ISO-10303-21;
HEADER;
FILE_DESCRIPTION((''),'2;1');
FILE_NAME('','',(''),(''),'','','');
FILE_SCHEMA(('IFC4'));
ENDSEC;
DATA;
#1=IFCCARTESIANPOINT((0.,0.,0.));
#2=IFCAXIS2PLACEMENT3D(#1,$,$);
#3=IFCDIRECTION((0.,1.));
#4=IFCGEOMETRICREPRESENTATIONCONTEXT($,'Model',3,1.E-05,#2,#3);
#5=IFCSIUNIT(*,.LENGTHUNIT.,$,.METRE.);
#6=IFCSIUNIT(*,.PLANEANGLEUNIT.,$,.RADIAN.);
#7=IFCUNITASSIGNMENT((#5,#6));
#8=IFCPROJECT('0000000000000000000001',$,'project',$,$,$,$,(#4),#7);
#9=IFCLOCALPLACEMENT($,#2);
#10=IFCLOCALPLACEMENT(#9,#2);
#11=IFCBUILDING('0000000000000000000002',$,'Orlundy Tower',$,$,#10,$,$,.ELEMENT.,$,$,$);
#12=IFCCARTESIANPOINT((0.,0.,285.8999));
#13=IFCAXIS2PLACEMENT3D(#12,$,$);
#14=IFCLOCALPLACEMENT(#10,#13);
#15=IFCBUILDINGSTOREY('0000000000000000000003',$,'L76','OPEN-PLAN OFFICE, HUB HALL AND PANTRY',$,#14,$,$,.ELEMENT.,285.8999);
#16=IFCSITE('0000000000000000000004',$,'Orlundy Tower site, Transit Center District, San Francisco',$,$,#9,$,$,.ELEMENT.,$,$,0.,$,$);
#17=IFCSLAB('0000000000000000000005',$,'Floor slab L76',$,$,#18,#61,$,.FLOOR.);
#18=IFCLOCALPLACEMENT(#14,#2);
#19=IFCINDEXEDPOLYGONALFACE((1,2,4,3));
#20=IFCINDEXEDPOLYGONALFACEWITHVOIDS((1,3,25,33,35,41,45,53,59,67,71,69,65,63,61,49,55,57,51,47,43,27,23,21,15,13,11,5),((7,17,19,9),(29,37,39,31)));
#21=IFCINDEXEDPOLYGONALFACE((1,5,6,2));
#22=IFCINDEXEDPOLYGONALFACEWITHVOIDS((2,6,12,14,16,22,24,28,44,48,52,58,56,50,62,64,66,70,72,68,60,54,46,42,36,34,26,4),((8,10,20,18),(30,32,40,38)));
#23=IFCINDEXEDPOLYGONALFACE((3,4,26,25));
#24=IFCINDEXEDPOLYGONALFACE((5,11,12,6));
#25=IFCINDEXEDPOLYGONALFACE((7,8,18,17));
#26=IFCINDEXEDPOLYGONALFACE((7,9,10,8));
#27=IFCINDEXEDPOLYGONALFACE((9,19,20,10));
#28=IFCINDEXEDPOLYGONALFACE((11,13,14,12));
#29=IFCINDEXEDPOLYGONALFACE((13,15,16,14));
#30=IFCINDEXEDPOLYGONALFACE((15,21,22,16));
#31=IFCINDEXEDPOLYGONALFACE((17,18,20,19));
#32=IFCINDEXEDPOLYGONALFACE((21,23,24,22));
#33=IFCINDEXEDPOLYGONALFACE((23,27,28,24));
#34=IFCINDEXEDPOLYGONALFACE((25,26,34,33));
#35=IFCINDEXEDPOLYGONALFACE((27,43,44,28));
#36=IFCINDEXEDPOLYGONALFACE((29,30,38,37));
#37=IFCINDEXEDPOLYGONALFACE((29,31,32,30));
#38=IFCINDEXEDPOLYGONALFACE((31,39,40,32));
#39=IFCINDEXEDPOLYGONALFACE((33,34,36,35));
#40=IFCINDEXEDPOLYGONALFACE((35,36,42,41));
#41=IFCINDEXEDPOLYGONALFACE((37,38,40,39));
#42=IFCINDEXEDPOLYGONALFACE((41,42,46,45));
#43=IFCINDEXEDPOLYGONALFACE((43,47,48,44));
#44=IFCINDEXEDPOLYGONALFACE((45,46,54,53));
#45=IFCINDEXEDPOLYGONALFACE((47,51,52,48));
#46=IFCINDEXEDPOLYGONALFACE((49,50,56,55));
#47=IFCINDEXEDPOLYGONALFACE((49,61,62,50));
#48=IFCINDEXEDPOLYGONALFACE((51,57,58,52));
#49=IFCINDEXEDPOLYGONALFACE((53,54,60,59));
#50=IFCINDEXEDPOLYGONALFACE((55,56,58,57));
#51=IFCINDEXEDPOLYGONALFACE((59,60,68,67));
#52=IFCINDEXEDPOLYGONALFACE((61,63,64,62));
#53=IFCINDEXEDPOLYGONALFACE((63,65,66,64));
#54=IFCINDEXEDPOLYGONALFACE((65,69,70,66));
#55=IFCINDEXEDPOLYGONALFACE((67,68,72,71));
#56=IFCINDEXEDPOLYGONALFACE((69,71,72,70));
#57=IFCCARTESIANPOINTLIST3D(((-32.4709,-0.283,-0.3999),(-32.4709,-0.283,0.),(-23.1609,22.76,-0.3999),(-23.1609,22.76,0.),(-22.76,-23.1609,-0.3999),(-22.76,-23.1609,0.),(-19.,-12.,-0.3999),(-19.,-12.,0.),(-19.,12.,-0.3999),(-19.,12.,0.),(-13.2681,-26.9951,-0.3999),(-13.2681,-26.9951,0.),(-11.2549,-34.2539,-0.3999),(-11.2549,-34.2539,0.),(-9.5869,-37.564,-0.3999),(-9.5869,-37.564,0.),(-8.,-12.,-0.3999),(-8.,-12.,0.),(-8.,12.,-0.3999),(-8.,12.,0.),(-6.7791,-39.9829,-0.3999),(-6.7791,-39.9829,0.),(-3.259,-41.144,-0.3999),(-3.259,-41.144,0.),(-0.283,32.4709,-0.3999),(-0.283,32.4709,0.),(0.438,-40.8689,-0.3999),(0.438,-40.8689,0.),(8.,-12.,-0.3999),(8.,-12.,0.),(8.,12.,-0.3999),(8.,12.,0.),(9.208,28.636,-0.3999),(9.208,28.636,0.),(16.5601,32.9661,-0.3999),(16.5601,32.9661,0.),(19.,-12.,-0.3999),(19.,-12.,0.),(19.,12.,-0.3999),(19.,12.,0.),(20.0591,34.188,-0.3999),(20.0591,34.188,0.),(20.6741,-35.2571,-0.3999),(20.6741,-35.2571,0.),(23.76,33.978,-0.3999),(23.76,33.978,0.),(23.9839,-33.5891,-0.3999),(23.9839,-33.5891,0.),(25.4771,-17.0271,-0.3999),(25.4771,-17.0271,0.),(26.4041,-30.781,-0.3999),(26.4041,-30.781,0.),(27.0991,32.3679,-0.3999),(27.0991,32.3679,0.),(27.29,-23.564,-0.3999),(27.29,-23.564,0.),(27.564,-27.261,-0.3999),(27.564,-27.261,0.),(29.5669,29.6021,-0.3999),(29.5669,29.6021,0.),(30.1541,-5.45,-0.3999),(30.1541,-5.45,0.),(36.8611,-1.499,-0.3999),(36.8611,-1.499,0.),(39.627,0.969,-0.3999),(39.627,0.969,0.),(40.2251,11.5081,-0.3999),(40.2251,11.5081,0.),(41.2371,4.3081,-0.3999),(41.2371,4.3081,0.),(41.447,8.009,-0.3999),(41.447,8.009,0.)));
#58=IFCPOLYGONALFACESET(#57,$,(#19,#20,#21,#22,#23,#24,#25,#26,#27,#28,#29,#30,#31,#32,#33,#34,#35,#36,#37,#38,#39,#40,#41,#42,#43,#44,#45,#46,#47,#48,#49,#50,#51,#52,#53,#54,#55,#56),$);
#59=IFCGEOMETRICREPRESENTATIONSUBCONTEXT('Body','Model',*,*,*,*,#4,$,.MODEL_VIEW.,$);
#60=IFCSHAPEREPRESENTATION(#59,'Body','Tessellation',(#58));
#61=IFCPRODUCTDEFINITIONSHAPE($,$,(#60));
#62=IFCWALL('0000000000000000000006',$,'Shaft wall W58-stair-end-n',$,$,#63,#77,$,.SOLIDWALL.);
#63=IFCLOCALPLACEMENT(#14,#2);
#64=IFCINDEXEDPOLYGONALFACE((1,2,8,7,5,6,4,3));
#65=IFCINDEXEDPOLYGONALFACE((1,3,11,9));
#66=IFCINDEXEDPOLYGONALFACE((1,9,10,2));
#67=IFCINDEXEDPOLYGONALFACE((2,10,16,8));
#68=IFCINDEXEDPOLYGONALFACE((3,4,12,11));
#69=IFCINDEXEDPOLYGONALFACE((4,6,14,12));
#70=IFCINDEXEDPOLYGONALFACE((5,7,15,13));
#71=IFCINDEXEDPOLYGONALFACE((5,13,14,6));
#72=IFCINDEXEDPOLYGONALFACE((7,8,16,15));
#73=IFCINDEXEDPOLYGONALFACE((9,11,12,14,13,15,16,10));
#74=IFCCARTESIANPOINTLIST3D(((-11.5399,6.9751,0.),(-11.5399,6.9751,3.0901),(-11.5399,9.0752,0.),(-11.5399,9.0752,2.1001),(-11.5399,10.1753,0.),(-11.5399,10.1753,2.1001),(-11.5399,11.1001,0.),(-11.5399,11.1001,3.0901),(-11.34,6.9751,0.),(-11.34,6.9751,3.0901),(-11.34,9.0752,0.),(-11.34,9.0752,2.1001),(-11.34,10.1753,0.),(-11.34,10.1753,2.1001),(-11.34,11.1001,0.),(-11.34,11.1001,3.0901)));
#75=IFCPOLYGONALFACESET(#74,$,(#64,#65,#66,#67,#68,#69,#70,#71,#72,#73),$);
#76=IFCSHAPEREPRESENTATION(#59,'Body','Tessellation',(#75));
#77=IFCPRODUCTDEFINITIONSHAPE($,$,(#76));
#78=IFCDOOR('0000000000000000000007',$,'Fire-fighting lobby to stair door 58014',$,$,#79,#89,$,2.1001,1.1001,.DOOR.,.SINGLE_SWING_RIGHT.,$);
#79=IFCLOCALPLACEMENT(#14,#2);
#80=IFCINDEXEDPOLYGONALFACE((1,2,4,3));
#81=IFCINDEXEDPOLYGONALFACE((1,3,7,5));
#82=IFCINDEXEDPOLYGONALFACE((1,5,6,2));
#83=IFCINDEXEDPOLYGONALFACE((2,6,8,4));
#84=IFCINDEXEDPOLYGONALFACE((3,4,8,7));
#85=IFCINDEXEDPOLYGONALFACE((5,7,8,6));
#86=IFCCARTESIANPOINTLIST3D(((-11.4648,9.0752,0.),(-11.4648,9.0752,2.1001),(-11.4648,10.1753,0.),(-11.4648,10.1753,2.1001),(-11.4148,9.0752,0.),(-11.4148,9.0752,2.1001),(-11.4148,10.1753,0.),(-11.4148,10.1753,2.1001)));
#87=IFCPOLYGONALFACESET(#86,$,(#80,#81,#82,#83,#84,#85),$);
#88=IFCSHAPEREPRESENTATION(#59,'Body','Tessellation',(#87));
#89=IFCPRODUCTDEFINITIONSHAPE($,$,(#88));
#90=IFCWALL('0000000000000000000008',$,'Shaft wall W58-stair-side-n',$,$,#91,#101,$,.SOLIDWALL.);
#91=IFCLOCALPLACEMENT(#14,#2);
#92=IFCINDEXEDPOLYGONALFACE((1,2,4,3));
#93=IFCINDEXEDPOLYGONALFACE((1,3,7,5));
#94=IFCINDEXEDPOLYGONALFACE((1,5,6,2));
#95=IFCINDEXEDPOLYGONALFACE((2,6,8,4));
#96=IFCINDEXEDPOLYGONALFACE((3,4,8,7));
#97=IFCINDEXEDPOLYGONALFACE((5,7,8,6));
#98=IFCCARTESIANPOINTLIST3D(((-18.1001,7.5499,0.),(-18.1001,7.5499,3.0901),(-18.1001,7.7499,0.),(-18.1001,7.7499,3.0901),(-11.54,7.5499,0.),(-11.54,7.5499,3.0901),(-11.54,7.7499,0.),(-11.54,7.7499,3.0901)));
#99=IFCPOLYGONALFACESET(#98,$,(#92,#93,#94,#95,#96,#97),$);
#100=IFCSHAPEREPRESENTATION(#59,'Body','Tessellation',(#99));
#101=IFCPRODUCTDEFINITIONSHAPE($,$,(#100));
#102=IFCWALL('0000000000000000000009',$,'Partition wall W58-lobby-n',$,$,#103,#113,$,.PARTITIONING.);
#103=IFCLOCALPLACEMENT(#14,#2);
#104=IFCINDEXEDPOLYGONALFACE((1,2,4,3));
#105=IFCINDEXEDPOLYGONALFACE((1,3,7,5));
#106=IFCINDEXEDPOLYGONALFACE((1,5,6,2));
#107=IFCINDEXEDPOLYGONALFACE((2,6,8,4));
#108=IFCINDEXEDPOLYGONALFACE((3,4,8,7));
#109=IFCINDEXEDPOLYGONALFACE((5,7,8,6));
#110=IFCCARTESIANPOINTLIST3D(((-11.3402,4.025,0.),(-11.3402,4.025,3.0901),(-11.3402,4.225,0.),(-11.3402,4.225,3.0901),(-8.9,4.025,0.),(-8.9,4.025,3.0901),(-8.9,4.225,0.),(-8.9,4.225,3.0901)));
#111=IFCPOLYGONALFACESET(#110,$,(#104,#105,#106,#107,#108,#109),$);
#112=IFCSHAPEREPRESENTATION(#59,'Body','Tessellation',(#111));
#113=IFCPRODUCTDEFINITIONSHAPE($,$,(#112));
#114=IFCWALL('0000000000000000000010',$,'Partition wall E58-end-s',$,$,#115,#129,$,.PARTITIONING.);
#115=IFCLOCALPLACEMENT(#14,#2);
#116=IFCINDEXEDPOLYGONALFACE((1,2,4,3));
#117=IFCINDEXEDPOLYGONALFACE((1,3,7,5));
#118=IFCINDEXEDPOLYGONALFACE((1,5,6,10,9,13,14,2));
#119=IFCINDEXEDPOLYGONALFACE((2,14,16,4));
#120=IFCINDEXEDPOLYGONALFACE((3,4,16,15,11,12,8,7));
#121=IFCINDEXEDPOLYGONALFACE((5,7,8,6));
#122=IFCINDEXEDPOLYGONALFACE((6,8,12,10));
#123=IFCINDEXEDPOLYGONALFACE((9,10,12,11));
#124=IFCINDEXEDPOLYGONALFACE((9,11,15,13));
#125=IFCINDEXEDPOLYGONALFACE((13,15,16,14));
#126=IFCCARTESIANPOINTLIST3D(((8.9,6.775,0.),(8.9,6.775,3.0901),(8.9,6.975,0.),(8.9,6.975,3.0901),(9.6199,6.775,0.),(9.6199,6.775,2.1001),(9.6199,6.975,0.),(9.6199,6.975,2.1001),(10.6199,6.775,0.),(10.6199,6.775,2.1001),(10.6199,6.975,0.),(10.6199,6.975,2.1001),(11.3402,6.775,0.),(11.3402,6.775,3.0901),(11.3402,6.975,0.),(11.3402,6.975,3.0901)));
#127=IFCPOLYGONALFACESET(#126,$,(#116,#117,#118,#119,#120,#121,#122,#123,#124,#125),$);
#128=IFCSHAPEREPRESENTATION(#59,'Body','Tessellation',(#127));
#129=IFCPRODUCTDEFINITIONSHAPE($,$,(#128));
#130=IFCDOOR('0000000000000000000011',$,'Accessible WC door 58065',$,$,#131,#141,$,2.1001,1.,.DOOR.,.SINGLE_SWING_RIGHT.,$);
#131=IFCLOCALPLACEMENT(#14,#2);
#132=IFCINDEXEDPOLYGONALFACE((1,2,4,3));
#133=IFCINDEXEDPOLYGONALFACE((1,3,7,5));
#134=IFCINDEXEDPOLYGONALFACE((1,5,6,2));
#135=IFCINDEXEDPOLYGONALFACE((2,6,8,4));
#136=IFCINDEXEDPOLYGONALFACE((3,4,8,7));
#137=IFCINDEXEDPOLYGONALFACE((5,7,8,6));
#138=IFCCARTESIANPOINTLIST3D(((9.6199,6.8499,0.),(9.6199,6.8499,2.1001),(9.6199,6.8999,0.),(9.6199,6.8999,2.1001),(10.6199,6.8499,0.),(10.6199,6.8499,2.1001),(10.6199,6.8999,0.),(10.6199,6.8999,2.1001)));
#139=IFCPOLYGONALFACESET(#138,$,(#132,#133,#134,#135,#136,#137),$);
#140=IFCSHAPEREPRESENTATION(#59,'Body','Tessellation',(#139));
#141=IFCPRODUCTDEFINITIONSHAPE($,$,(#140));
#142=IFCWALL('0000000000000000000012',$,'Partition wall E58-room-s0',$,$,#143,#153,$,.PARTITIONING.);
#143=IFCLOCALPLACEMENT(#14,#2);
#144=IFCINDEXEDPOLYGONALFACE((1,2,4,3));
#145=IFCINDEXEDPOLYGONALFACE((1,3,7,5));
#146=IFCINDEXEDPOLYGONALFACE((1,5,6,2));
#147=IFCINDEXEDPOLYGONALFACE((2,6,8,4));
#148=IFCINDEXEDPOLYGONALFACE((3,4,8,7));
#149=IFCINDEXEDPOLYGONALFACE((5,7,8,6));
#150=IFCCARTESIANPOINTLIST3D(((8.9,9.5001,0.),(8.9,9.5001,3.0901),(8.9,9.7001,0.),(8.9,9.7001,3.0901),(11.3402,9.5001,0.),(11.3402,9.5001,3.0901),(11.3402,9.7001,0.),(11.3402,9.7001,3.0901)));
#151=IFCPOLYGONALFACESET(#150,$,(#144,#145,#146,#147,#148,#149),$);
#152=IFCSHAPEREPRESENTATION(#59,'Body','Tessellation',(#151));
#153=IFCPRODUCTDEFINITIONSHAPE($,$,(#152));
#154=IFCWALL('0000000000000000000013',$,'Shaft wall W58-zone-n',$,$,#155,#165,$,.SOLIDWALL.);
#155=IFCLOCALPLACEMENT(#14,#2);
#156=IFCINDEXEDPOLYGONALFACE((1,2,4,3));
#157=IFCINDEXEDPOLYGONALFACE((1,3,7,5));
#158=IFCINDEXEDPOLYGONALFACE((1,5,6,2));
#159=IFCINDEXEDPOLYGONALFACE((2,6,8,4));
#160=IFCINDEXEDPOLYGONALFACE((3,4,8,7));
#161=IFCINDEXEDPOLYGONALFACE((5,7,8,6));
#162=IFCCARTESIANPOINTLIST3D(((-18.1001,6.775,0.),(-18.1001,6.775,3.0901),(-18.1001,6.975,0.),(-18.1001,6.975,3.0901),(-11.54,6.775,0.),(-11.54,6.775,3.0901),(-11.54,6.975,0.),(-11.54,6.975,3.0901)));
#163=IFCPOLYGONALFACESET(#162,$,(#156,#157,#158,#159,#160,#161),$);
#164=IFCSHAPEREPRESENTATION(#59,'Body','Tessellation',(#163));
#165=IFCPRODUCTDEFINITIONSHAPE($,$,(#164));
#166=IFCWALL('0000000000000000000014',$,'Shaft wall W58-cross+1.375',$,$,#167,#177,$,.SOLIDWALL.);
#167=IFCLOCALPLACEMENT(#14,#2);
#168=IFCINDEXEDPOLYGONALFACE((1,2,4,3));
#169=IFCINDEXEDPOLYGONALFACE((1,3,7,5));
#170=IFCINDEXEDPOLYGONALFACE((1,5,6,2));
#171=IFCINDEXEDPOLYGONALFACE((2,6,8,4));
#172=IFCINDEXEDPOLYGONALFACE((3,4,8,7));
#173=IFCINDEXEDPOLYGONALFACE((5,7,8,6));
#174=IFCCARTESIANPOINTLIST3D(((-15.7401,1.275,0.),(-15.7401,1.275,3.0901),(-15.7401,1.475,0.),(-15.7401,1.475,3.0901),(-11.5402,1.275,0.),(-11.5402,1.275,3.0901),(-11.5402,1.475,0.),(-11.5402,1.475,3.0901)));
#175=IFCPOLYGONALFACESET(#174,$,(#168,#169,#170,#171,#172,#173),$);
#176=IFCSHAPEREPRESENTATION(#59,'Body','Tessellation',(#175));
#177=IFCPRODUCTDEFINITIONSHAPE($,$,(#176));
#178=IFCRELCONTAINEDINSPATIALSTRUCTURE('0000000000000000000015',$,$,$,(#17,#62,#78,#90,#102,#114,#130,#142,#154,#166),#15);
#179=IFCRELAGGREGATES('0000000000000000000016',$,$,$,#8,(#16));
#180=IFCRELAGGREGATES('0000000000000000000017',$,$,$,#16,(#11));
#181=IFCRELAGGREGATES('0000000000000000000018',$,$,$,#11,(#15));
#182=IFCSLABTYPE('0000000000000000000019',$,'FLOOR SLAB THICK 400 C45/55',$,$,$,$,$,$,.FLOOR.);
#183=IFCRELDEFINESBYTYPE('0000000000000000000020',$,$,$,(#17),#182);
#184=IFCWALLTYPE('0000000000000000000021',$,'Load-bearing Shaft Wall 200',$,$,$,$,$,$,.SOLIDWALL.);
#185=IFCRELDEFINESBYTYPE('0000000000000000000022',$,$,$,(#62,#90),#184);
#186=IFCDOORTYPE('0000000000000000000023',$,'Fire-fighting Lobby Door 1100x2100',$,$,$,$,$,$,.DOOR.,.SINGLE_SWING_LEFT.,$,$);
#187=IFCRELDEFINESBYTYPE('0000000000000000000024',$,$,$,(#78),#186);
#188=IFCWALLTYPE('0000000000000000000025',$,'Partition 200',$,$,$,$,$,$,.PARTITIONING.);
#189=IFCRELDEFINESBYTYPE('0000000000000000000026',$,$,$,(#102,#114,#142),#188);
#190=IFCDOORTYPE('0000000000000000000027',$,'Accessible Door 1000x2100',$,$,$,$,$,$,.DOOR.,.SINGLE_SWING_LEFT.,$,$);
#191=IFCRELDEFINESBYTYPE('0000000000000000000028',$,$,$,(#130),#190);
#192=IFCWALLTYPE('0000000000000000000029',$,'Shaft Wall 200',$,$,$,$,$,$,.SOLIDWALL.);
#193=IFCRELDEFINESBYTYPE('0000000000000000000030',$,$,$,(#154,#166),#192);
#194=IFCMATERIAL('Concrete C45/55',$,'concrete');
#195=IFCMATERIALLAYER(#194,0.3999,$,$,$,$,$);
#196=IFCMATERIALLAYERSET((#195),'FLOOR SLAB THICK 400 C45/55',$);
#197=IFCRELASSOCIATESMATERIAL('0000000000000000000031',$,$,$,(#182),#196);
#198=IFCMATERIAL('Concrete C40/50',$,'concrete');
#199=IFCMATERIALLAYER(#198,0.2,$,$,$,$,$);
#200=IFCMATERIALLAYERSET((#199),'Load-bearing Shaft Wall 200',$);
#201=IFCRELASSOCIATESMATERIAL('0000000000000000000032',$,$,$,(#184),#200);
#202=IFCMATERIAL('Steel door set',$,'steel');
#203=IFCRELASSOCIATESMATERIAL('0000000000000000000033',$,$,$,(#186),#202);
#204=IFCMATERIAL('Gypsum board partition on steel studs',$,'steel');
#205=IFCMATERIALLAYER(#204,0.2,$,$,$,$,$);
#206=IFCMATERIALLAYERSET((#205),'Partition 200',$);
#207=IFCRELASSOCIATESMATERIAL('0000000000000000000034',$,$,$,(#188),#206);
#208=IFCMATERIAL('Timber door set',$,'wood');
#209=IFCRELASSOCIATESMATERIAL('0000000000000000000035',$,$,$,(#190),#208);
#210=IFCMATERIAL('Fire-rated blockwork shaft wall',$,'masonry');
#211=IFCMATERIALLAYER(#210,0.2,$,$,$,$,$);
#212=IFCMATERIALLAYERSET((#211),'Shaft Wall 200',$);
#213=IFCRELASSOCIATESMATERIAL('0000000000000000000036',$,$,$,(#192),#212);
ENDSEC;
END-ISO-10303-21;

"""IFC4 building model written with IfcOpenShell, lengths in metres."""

from ifc_helpers import new_model, si_unit, direction, frame, frame_2d, origin, place, context, subcontext, project, spatial, polyline, rectangle, outline, extrude, material, layer, layer_set, type_object, element, fill, save


model = new_model("IFC4")

# Units and contexts
model_context = context("Model", 3, precision=1e-05, world=origin(), true_north=direction((0.0, 1.0)))
body_context = subcontext(model_context, "Body", "Model", "MODEL_VIEW")
ifc_project = project(units=[si_unit("LENGTHUNIT", "METRE"), si_unit("PLANEANGLEUNIT", "RADIAN")], contexts=[model_context])

# Site, building, storey
site_placement = place(None, origin())
site = spatial("IfcSite", under=ifc_project, at=site_placement, Name="Orlundy Tower site, Transit Center District, San Francisco", CompositionType="ELEMENT", RefElevation=0.0)
building_placement = place(site_placement, origin())
building = spatial("IfcBuilding", under=site, at=building_placement, Name="Orlundy Tower", CompositionType="ELEMENT")
storey_placement = place(building_placement, frame((0.0, 0.0, 285.8999)))
storey = spatial("IfcBuildingStorey", under=building, at=storey_placement, Name="L76", Description="OPEN-PLAN OFFICE, HUB HALL AND PANTRY", CompositionType="ELEMENT", Elevation=285.8999)

# Slab
ifc_material_1 = material(Name="Concrete C45/55", Category="concrete")
ifc_layer_1 = layer(ifc_material_1, 0.3999)
ifc_layer_set_1 = layer_set([ifc_layer_1], Name="FLOOR SLAB THICK 400 C45/55")
slab_type_1 = type_object("IfcSlabType", Name="FLOOR SLAB THICK 400 C45/55", PredefinedType="FLOOR", material=ifc_layer_set_1)
slab_1_placement = place(storey_placement, frame((0.0, 0.0, -0.3999)))
element("IfcSlab", 1, at=slab_1_placement, inside=storey, type_object=slab_type_1, Name="Floor slab L76", PredefinedType="FLOOR", context=body_context, shape_type="SweptSolid", body=[
    extrude(outline(polyline([(30.1541, -5.45), (25.4771, -17.0271), (27.29, -23.564), (27.564, -27.261), (26.4041, -30.781), (23.9839, -33.5891), (20.6741, -35.2571), (0.438, -40.8689), (-3.259, -41.144), (-6.7791, -39.9829), (-9.5869, -37.564), (-11.2549, -34.2539), (-13.2681, -26.9951), (-22.76, -23.1609), (-32.4709, -0.283), (-23.1609, 22.76), (-0.283, 32.4709), (9.208, 28.636), (16.5601, 32.9661), (20.0591, 34.188), (23.76, 33.978), (27.0991, 32.3679), (29.5669, 29.6021), (40.2251, 11.5081), (41.447, 8.009), (41.2371, 4.3081), (39.627, 0.969), (36.8611, -1.499), (30.1541, -5.45)]), holes=[polyline([(-8.0, -12.0), (-8.0, 12.0), (-19.0, 12.0), (-19.0, -12.0), (-8.0, -12.0)]), polyline([(19.0, -12.0), (19.0, 12.0), (8.0, 12.0), (8.0, -12.0), (19.0, -12.0)])]), origin(), (0.0, 0.0, 1.0), 0.3999),
])

# Wall, opening, door
ifc_material_2 = material(Name="Concrete C40/50", Category="concrete")
ifc_layer_2 = layer(ifc_material_2, 0.2)
ifc_layer_set_2 = layer_set([ifc_layer_2], Name="Load-bearing Shaft Wall 200")
wall_type_1 = type_object("IfcWallType", Name="Load-bearing Shaft Wall 200", PredefinedType="SOLIDWALL", material=ifc_layer_set_2)
wall_1_placement = place(storey_placement, frame((-11.4399, 6.9751, 0.0), z_axis=(0.0, 0.0, 1.0), x_axis=(0.0, 1.0, 0.0)))
wall_1 = element("IfcWall", 2, at=wall_1_placement, inside=storey, type_object=wall_type_1, Name="Shaft wall W58-stair-end-n", PredefinedType="SOLIDWALL", context=body_context, shape_type="SweptSolid", body=[
    extrude(rectangle(XDim=4.125, YDim=0.2, at=frame_2d((2.0625, 0.0))), origin(), (0.0, 0.0, 1.0), 3.0901),
])
opening_1_placement = place(wall_1_placement, frame((2.1001, 0.0, 0.0)))
opening_1 = element("IfcOpeningElement", 3, at=opening_1_placement, cuts=wall_1, PredefinedType="OPENING", context=body_context, shape_type="SweptSolid", body=[
    extrude(rectangle(XDim=1.1001, YDim=2.1001, at=frame_2d((0.55, 1.05))), frame((0.0, 0.1101, 0.0), z_axis=(0.0, -1.0, 0.0), x_axis=(1.0, 0.0, 0.0)), (0.0, 0.0, 1.0), 0.2202),
])
ifc_material_3 = material(Name="Steel door set", Category="steel")
door_type_1 = type_object("IfcDoorType", Name="Fire-fighting Lobby Door 1100x2100", OperationType="SINGLE_SWING_LEFT", PredefinedType="DOOR", material=ifc_material_3)
door_1_placement = place(opening_1_placement, origin())
door_1 = element("IfcDoor", 4, at=door_1_placement, inside=storey, type_object=door_type_1, Name="Fire-fighting lobby to stair door 58014", OperationType="SINGLE_SWING_RIGHT", OverallHeight=2.1001, OverallWidth=1.1001, PredefinedType="DOOR", context=body_context, shape_type="SweptSolid", body=[
    extrude(rectangle(XDim=1.1001, YDim=2.1001, at=frame_2d((0.55, 1.05))), frame((0.0, 0.0249, 0.0), z_axis=(0.0, -1.0, 0.0), x_axis=(1.0, 0.0, 0.0)), (0.0, 0.0, 1.0), 0.05),
])
fill(opening_1, door_1)

# Walls
wall_2_placement = place(storey_placement, frame((-11.54, 7.6499, 0.0), z_axis=(0.0, 0.0, 1.0), x_axis=(-1.0, 0.0, 0.0)))
element("IfcWall", 5, at=wall_2_placement, inside=storey, type_object=wall_type_1, Name="Shaft wall W58-stair-side-n", PredefinedType="SOLIDWALL", context=body_context, shape_type="SweptSolid", body=[
    extrude(rectangle(XDim=6.5601, YDim=0.2, at=frame_2d((3.28, 0.0))), origin(), (0.0, 0.0, 1.0), 3.0901),
])
ifc_material_4 = material(Name="Gypsum board partition on steel studs", Category="steel")
ifc_layer_3 = layer(ifc_material_4, 0.2)
ifc_layer_set_3 = layer_set([ifc_layer_3], Name="Partition 200")
wall_type_2 = type_object("IfcWallType", Name="Partition 200", PredefinedType="PARTITIONING", material=ifc_layer_set_3)
wall_3_placement = place(storey_placement, frame((-8.8999, 4.125, 0.0), z_axis=(0.0, 0.0, 1.0), x_axis=(-1.0, 0.0, 0.0)))
element("IfcWall", 6, at=wall_3_placement, inside=storey, type_object=wall_type_2, Name="Partition wall W58-lobby-n", PredefinedType="PARTITIONING", context=body_context, shape_type="SweptSolid", body=[
    extrude(rectangle(XDim=2.4402, YDim=0.2, at=frame_2d((1.2202, 0.0))), origin(), (0.0, 0.0, 1.0), 3.0901),
])

# Wall, opening, door
wall_4_placement = place(storey_placement, frame((8.8999, 6.875, 0.0), z_axis=(0.0, 0.0, 1.0), x_axis=(1.0, 0.0, 0.0)))
wall_4 = element("IfcWall", 7, at=wall_4_placement, inside=storey, type_object=wall_type_2, Name="Partition wall E58-end-s", PredefinedType="PARTITIONING", context=body_context, shape_type="SweptSolid", body=[
    extrude(rectangle(XDim=2.4402, YDim=0.2, at=frame_2d((1.2202, 0.0))), origin(), (0.0, 0.0, 1.0), 3.0901),
])
opening_2_placement = place(wall_4_placement, frame((0.72, 0.0, 0.0)))
opening_2 = element("IfcOpeningElement", 8, at=opening_2_placement, cuts=wall_4, PredefinedType="OPENING", context=body_context, shape_type="SweptSolid", body=[
    extrude(rectangle(XDim=1.0, YDim=2.1001, at=frame_2d((0.5, 1.05))), frame((0.0, 0.1101, 0.0), z_axis=(0.0, -1.0, 0.0), x_axis=(1.0, 0.0, 0.0)), (0.0, 0.0, 1.0), 0.2202),
])
ifc_material_5 = material(Name="Timber door set", Category="wood")
door_type_2 = type_object("IfcDoorType", Name="Accessible Door 1000x2100", OperationType="SINGLE_SWING_LEFT", PredefinedType="DOOR", material=ifc_material_5)
door_2_placement = place(opening_2_placement, origin())
door_2 = element("IfcDoor", 9, at=door_2_placement, inside=storey, type_object=door_type_2, Name="Accessible WC door 58065", OperationType="SINGLE_SWING_RIGHT", OverallHeight=2.1001, OverallWidth=1.0, PredefinedType="DOOR", context=body_context, shape_type="SweptSolid", body=[
    extrude(rectangle(XDim=1.0, YDim=2.1001, at=frame_2d((0.5, 1.05))), frame((0.0, 0.0249, 0.0), z_axis=(0.0, -1.0, 0.0), x_axis=(1.0, 0.0, 0.0)), (0.0, 0.0, 1.0), 0.05),
])
fill(opening_2, door_2)

# Walls
wall_5_placement = place(storey_placement, frame((8.8999, 9.6001, 0.0), z_axis=(0.0, 0.0, 1.0), x_axis=(1.0, 0.0, 0.0)))
element("IfcWall", 10, at=wall_5_placement, inside=storey, type_object=wall_type_2, Name="Partition wall E58-room-s0", PredefinedType="PARTITIONING", context=body_context, shape_type="SweptSolid", body=[
    extrude(rectangle(XDim=2.4402, YDim=0.2, at=frame_2d((1.2202, 0.0))), origin(), (0.0, 0.0, 1.0), 3.0901),
])
ifc_material_6 = material(Name="Fire-rated blockwork shaft wall", Category="masonry")
ifc_layer_4 = layer(ifc_material_6, 0.2)
ifc_layer_set_4 = layer_set([ifc_layer_4], Name="Shaft Wall 200")
wall_type_3 = type_object("IfcWallType", Name="Shaft Wall 200", PredefinedType="SOLIDWALL", material=ifc_layer_set_4)
wall_6_placement = place(storey_placement, frame((-11.54, 6.875, 0.0), z_axis=(0.0, 0.0, 1.0), x_axis=(-1.0, 0.0, 0.0)))
element("IfcWall", 11, at=wall_6_placement, inside=storey, type_object=wall_type_3, Name="Shaft wall W58-zone-n", PredefinedType="SOLIDWALL", context=body_context, shape_type="SweptSolid", body=[
    extrude(rectangle(XDim=6.5601, YDim=0.2, at=frame_2d((3.28, 0.0))), origin(), (0.0, 0.0, 1.0), 3.0901),
])
wall_7_placement = place(storey_placement, frame((-11.54, 1.375, 0.0), z_axis=(0.0, 0.0, 1.0), x_axis=(-1.0, 0.0, 0.0)))
element("IfcWall", 12, at=wall_7_placement, inside=storey, type_object=wall_type_3, Name="Shaft wall W58-cross+1.375", PredefinedType="SOLIDWALL", context=body_context, shape_type="SweptSolid", body=[
    extrude(rectangle(XDim=4.2, YDim=0.2, at=frame_2d((2.1001, 0.0))), origin(), (0.0, 0.0, 1.0), 3.0901),
])

save(model, "model.ifc")
